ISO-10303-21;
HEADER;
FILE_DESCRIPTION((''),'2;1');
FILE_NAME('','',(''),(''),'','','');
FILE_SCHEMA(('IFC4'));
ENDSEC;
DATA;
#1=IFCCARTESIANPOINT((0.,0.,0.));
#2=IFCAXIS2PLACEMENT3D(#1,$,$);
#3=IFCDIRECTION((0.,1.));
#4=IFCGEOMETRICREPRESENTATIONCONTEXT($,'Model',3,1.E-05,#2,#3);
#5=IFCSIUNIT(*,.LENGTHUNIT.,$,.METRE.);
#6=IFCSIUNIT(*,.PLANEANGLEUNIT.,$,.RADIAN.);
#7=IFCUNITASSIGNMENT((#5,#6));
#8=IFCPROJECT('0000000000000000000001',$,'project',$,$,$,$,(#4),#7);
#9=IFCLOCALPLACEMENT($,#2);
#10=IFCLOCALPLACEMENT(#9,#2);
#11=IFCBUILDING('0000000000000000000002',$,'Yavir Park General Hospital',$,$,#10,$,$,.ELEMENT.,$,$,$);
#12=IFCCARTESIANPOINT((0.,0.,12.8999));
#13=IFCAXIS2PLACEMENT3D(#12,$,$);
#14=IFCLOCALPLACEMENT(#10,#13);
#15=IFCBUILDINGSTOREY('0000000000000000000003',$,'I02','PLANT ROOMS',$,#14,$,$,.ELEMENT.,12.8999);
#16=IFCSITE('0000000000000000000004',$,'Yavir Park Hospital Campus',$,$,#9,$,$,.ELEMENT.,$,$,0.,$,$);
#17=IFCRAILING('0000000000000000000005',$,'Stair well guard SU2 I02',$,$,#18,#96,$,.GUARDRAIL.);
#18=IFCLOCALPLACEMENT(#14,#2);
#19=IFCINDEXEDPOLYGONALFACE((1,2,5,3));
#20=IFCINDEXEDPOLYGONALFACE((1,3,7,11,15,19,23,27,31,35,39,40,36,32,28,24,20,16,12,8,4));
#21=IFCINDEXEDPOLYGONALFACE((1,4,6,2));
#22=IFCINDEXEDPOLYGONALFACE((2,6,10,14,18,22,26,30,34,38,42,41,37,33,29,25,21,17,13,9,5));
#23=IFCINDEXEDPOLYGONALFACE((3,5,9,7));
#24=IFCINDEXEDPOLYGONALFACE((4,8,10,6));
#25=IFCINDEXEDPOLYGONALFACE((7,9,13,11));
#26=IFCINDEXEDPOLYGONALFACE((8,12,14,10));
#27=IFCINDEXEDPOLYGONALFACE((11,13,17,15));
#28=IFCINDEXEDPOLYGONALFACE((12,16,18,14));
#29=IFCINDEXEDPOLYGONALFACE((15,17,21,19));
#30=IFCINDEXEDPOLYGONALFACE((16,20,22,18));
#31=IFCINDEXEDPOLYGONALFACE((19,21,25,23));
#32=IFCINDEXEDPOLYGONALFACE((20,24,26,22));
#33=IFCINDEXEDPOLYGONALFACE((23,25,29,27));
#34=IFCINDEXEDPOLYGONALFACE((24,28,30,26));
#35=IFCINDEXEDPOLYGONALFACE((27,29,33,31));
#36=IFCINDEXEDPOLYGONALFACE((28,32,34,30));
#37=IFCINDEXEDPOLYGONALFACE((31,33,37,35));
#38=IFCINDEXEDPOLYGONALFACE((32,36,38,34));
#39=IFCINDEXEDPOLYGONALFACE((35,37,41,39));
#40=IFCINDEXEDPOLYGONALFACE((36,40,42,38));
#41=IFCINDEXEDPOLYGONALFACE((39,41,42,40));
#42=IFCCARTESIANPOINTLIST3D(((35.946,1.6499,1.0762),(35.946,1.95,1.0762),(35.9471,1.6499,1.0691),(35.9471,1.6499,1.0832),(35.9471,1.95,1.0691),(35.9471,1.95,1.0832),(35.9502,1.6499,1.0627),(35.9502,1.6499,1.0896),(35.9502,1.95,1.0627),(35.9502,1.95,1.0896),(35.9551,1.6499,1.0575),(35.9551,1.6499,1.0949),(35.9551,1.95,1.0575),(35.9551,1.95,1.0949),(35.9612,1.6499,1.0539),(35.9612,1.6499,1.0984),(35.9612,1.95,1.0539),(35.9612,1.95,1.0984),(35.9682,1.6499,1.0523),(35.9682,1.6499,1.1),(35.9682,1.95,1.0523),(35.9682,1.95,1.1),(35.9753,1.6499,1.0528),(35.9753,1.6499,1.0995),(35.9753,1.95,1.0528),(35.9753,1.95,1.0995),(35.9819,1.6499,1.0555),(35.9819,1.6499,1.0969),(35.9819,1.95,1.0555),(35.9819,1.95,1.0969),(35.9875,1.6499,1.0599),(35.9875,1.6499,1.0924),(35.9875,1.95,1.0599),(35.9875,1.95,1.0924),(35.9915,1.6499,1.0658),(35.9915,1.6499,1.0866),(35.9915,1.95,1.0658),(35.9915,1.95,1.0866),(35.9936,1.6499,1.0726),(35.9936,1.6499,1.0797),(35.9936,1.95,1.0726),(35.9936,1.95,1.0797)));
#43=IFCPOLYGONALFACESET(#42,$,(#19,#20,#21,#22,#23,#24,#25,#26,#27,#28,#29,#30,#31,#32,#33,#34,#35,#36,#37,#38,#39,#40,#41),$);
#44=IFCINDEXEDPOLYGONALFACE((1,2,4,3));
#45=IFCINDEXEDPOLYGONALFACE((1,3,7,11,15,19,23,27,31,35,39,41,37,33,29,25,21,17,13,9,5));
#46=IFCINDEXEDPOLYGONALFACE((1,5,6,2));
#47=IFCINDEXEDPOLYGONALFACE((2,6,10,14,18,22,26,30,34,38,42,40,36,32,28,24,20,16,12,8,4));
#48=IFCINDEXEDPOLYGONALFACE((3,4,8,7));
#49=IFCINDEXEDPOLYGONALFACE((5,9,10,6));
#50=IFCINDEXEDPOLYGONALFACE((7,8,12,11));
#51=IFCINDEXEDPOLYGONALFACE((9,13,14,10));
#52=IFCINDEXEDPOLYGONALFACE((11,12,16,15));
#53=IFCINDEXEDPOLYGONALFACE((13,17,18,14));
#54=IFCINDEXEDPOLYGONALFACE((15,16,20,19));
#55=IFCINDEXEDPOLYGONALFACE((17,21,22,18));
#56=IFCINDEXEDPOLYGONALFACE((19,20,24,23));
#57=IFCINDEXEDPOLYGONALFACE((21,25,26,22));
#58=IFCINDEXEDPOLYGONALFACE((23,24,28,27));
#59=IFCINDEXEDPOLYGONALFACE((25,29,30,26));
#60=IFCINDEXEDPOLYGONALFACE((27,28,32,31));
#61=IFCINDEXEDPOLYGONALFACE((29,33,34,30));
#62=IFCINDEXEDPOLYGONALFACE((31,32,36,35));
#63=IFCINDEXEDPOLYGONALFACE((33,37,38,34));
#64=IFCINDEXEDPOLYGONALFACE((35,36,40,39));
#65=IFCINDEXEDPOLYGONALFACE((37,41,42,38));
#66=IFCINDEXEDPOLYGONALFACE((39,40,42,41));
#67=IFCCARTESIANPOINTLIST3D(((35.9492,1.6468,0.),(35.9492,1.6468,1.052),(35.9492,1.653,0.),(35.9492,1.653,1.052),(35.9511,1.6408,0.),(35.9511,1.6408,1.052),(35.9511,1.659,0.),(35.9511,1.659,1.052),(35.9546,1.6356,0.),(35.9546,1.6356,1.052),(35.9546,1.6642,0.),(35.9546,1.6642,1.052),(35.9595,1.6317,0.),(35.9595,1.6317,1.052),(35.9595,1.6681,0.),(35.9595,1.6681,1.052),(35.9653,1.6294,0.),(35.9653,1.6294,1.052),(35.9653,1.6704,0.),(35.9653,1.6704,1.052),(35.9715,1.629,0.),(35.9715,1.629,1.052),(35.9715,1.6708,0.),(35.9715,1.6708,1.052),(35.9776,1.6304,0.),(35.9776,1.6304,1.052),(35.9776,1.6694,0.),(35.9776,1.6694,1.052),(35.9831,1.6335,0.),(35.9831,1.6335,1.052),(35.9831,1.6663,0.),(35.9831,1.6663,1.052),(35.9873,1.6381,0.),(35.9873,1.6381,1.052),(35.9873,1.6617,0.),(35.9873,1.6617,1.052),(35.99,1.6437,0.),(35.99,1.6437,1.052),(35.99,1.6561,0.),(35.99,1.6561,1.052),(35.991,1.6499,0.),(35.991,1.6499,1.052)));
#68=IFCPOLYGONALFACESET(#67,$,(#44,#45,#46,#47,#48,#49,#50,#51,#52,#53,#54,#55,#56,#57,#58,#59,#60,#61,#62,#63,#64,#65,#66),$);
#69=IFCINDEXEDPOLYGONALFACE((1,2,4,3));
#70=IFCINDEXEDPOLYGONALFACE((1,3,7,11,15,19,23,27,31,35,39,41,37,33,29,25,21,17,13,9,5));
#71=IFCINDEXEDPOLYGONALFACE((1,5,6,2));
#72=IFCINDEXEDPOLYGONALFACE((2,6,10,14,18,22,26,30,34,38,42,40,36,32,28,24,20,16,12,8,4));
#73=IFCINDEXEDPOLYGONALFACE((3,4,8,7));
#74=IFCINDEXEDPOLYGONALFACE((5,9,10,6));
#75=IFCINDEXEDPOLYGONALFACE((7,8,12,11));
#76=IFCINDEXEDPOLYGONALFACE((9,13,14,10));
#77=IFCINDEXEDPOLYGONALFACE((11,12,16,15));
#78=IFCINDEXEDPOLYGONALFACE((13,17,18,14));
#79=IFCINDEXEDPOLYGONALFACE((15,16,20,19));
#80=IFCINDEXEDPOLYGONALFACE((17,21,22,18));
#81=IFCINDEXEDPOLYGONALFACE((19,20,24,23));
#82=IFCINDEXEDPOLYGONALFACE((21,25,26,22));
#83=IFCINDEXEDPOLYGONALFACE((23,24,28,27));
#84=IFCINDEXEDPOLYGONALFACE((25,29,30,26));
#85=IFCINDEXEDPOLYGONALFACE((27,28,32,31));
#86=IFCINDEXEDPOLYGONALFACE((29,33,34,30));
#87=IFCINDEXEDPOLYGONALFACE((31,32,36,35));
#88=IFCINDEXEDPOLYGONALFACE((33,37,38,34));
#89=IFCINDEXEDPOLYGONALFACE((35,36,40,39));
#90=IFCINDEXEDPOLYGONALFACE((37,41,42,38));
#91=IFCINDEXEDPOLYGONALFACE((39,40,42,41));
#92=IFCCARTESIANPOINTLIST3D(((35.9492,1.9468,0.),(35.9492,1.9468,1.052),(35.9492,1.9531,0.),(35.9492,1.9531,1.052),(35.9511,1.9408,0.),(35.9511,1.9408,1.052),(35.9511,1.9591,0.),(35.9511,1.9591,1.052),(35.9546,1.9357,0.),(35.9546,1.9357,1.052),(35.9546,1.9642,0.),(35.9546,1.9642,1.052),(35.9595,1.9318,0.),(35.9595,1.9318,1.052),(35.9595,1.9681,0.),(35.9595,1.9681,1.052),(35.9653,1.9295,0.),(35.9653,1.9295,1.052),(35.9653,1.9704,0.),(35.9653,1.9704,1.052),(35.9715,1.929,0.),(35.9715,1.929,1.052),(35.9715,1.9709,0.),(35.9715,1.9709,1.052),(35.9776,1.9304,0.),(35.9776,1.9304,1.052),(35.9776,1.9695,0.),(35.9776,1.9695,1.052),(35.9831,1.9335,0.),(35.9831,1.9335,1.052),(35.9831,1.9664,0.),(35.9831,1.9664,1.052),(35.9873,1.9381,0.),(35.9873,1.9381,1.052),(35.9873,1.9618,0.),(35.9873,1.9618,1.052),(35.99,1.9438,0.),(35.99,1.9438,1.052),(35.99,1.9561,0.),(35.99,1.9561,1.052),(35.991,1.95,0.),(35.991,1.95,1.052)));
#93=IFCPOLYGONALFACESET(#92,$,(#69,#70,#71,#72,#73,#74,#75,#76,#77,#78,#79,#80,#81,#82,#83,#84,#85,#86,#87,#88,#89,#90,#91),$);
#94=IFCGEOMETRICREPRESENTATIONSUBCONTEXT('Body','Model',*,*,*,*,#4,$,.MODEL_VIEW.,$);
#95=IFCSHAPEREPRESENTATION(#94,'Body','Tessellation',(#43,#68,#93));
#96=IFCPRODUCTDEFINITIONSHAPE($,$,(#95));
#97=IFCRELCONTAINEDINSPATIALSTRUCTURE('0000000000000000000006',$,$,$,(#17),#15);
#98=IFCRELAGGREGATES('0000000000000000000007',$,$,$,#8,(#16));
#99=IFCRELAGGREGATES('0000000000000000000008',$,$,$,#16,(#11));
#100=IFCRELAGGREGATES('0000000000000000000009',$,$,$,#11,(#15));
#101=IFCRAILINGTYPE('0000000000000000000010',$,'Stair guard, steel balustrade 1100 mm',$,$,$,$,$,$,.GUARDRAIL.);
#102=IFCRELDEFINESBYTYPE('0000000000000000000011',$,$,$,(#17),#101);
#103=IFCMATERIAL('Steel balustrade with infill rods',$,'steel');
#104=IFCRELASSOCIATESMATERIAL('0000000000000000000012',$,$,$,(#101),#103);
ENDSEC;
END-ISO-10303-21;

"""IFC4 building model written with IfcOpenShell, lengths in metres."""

from ifc_helpers import new_model, si_unit, direction, frame, origin, origin_2d, place, context, subcontext, project, spatial, circle, extrude, material, type_object, element, save


model = new_model("IFC4")

# Units and contexts
model_context = context("Model", 3, precision=1e-05, world=origin(), true_north=direction((0.0, 1.0)))
body_context = subcontext(model_context, "Body", "Model", "MODEL_VIEW")
ifc_project = project(units=[si_unit("LENGTHUNIT", "METRE"), si_unit("PLANEANGLEUNIT", "RADIAN")], contexts=[model_context])

# Site, building, storey
site_placement = place(None, origin())
site = spatial("IfcSite", under=ifc_project, at=site_placement, Name="Yavir Park Hospital Campus", CompositionType="ELEMENT", RefElevation=0.0)
building_placement = place(site_placement, origin())
building = spatial("IfcBuilding", under=site, at=building_placement, Name="Yavir Park General Hospital", CompositionType="ELEMENT")
storey_placement = place(building_placement, frame((0.0, 0.0, 12.8999)))
storey = spatial("IfcBuildingStorey", under=building, at=storey_placement, Name="I02", Description="PLANT ROOMS", CompositionType="ELEMENT", Elevation=12.8999)

# Railing
ifc_material_1 = material(Name="Steel balustrade with infill rods", Category="steel")
railing_type_1 = type_object("IfcRailingType", Name="Stair guard, steel balustrade 1100 mm", PredefinedType="GUARDRAIL", material=ifc_material_1)
railing_placement = place(storey_placement, frame((35.97, 1.6499, 0.0)))
element("IfcRailing", 1, at=railing_placement, inside=storey, type_object=railing_type_1, Name="Stair well guard SU2 I02", PredefinedType="GUARDRAIL", context=body_context, shape_type="SweptSolid", body=[
    extrude(circle(Radius=0.0239, at=origin_2d()), frame((0.0, 0.0, 1.0762), z_axis=(0.0, 1.0, 0.0), x_axis=(-1.0, 0.0, 0.0)), (0.0, 0.0, 1.0), 0.3),
    extrude(circle(Radius=0.021, at=origin_2d()), origin(), (0.0, 0.0, 1.0), 1.052),
    extrude(circle(Radius=0.021, at=origin_2d()), frame((0.0, 0.3, 0.0)), (0.0, 0.0, 1.0), 1.052),
])

save(model, "model.ifc")
